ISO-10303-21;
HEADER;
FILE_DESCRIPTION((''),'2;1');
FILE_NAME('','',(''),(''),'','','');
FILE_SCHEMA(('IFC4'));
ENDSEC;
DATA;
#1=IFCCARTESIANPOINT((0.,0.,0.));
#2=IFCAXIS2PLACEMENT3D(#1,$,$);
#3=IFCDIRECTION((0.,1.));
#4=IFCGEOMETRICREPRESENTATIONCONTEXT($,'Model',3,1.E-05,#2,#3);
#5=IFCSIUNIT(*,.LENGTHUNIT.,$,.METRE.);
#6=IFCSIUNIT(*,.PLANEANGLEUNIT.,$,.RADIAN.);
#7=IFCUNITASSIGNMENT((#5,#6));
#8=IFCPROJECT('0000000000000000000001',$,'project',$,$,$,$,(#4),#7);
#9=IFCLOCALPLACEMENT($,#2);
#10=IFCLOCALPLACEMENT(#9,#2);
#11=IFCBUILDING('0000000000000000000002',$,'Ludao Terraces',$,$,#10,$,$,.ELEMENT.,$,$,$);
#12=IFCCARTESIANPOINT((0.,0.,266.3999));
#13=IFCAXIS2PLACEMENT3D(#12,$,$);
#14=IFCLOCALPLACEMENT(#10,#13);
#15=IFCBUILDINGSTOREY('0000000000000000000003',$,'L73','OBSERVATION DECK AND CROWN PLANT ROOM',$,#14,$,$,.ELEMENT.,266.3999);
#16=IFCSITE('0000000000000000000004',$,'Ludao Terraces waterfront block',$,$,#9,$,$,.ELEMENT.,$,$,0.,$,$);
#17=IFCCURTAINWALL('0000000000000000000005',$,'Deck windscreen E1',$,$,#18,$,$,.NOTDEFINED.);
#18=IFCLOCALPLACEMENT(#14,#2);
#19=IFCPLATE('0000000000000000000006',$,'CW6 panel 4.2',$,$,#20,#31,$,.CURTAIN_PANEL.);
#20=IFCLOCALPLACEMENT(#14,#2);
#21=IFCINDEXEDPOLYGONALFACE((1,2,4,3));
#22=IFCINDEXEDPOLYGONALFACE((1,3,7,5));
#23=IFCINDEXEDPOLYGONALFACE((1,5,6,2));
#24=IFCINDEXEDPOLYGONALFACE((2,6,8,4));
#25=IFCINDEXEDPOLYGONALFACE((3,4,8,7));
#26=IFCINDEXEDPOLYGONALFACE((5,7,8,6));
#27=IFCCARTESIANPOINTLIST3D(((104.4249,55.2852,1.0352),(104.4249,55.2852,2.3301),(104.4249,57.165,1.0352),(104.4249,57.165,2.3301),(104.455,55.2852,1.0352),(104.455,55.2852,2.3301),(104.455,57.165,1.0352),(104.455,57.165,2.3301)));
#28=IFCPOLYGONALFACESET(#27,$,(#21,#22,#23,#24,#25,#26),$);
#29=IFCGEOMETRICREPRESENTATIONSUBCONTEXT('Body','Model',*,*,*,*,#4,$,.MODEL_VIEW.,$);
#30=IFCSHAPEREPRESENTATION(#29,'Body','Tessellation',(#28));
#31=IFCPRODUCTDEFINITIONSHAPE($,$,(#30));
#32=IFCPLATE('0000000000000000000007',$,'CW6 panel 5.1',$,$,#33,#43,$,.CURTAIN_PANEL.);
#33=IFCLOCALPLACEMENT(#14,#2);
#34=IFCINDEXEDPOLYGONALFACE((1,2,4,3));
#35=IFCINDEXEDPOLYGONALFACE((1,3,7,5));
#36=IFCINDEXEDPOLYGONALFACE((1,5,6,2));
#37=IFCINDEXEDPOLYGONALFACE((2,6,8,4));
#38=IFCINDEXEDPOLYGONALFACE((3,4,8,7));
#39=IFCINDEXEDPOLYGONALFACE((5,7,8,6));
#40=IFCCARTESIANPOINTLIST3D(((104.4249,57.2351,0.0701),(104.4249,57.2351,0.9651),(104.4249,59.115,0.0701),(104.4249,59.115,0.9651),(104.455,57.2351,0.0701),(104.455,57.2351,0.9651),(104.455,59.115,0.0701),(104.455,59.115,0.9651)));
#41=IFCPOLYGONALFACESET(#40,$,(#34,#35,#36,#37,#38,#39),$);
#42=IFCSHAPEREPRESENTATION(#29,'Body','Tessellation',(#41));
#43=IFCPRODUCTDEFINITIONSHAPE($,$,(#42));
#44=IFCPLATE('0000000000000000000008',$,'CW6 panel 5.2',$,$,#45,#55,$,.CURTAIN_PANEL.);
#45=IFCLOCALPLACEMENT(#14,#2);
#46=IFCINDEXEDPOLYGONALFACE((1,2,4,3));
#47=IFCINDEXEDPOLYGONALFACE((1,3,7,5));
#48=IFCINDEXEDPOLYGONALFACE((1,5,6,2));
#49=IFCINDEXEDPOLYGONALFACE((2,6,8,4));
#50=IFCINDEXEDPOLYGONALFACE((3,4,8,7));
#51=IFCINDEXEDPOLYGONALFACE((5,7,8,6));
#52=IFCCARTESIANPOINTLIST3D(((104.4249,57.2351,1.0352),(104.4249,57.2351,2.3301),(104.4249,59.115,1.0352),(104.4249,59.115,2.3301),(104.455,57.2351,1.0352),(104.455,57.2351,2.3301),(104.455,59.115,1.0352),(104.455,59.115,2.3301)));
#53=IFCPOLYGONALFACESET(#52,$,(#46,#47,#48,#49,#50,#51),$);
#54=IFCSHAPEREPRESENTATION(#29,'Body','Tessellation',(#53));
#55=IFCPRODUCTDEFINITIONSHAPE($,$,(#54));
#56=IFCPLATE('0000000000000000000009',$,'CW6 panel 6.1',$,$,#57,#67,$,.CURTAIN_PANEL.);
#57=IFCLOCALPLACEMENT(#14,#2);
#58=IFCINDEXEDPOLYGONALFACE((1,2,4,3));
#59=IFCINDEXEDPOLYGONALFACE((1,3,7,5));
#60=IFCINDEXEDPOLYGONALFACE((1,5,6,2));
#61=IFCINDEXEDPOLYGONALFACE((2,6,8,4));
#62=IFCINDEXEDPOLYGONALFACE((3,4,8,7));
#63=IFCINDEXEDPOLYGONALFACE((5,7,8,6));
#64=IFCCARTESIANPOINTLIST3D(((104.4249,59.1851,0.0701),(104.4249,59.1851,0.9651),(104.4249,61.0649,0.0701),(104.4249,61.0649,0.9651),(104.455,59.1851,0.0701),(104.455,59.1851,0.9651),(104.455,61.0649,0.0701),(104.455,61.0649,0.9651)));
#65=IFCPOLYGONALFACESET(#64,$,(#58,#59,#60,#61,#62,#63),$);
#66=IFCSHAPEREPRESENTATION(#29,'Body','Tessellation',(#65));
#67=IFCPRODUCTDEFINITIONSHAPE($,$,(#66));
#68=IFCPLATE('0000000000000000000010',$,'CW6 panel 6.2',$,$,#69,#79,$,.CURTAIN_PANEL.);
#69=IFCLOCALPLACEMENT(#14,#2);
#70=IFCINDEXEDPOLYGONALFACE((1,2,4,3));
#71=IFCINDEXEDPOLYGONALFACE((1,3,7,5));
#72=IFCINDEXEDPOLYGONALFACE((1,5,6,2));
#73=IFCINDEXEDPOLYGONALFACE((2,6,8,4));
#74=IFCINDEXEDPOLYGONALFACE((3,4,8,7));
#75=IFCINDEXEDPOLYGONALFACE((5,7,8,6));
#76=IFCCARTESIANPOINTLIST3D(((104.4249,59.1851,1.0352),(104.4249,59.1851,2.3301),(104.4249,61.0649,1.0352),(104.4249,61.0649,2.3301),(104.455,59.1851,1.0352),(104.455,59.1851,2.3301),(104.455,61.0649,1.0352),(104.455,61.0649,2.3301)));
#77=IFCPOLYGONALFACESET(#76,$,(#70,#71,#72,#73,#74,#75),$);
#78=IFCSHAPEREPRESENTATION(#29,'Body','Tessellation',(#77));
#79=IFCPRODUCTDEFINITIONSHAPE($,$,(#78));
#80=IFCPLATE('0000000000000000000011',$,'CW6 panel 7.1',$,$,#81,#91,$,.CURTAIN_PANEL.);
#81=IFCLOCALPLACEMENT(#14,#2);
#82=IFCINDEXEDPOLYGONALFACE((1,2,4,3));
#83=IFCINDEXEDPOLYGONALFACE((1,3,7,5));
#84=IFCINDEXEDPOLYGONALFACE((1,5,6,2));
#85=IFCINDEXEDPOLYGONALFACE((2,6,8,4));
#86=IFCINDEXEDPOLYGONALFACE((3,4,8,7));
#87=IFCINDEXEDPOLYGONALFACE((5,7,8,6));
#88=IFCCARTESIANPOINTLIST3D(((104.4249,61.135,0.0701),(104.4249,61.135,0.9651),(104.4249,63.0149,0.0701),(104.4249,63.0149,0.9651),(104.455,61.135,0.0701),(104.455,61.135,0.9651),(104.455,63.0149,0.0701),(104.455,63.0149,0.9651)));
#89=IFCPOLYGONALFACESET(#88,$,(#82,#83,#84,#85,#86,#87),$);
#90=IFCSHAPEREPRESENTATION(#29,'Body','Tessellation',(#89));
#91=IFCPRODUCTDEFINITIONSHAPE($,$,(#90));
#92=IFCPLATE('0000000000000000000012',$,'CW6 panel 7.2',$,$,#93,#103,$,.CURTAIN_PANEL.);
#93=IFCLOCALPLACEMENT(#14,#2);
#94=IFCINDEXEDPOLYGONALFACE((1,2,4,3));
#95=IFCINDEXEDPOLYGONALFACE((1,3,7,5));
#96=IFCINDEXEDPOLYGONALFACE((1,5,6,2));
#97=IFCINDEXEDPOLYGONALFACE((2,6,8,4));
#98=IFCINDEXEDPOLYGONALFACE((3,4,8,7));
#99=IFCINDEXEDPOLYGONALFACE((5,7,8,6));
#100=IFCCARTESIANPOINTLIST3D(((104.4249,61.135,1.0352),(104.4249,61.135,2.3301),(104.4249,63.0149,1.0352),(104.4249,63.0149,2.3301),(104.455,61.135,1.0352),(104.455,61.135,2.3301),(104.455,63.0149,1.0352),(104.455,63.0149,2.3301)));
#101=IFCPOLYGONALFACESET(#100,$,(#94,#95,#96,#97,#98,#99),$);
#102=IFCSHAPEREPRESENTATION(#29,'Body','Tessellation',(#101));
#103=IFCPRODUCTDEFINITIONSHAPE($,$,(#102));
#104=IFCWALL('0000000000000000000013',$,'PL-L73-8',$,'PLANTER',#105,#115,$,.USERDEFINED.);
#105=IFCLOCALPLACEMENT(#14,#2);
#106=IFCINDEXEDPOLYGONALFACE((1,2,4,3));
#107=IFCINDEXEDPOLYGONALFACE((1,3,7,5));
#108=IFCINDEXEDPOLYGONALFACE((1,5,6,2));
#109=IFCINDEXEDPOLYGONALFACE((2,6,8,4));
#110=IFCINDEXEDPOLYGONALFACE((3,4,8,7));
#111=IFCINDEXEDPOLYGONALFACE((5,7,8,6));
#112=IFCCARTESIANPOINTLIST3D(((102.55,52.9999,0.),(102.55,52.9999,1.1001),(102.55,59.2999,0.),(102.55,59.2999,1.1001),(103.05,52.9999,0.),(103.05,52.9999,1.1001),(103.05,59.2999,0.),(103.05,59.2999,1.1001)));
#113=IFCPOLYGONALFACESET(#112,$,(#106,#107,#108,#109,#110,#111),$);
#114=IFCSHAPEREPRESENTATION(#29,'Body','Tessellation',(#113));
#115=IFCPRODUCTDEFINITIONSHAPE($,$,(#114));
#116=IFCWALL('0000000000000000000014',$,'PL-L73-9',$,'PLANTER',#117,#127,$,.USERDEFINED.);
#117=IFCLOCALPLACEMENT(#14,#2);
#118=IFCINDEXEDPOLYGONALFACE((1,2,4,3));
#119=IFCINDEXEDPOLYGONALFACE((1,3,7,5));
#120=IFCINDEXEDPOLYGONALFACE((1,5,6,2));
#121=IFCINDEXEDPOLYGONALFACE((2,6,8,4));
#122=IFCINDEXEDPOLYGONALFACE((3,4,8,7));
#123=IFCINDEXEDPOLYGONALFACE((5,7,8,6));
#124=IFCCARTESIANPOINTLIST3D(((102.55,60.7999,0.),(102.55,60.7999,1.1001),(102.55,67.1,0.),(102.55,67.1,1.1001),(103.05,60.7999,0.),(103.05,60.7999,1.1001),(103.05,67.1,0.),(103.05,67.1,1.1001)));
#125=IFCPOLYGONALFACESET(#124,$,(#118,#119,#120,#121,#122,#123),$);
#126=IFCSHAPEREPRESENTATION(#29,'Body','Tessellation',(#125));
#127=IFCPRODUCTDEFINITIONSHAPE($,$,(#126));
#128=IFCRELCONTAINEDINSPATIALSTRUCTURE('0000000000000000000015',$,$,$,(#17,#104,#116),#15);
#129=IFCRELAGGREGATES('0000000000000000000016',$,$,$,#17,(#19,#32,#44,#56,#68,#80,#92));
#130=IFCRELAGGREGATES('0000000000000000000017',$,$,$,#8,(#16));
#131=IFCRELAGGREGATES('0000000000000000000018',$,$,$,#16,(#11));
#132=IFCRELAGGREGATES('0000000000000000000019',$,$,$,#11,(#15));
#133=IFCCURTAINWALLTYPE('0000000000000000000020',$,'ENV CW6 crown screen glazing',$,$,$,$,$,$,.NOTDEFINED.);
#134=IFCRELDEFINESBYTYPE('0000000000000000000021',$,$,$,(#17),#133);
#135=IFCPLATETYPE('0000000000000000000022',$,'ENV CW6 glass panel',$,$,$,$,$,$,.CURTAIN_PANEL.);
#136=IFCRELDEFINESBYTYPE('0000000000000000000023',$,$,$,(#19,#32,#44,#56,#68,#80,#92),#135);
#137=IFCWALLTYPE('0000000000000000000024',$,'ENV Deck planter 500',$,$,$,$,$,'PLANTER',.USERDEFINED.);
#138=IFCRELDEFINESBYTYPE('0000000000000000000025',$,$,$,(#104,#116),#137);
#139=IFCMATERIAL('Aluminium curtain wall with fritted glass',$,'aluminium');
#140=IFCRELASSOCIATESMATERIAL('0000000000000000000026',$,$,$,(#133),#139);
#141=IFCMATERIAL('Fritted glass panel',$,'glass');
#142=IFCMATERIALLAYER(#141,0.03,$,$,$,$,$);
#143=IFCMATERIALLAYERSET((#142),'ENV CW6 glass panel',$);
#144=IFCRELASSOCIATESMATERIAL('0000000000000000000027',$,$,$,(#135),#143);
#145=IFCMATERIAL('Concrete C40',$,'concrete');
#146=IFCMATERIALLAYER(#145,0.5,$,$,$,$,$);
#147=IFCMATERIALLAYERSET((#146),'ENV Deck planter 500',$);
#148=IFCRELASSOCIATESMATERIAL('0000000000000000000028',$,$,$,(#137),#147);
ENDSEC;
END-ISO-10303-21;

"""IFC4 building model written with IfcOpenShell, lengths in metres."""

from ifc_helpers import new_model, si_unit, direction, frame, frame_2d, origin, origin_2d, place, context, subcontext, project, spatial, rectangle, extrude, material, layer, layer_set, type_object, element, aggregate, save


model = new_model("IFC4")

# Units and contexts
model_context = context("Model", 3, precision=1e-05, world=origin(), true_north=direction((0.0, 1.0)))
body_context = subcontext(model_context, "Body", "Model", "MODEL_VIEW")
ifc_project = project(units=[si_unit("LENGTHUNIT", "METRE"), si_unit("PLANEANGLEUNIT", "RADIAN")], contexts=[model_context])

# Site, building, storey
site_placement = place(None, origin())
site = spatial("IfcSite", under=ifc_project, at=site_placement, Name="Ludao Terraces waterfront block", CompositionType="ELEMENT", RefElevation=0.0)
building_placement = place(site_placement, origin())
building = spatial("IfcBuilding", under=site, at=building_placement, Name="Ludao Terraces", CompositionType="ELEMENT")
storey_placement = place(building_placement, frame((0.0, 0.0, 266.3999)))
storey = spatial("IfcBuildingStorey", under=building, at=storey_placement, Name="L73", Description="OBSERVATION DECK AND CROWN PLANT ROOM", CompositionType="ELEMENT", Elevation=266.3999)

# Curtain wall, plates
ifc_material_1 = material(Name="Aluminium curtain wall with fritted glass", Category="aluminium")
curtain_wall_type = type_object("IfcCurtainWallType", Name="ENV CW6 crown screen glazing", PredefinedType="NOTDEFINED", material=ifc_material_1)
curtain_wall_placement = place(storey_placement, origin())
curtain_wall = element("IfcCurtainWall", 1, at=curtain_wall_placement, inside=storey, type_object=curtain_wall_type, Name="Deck windscreen E1", PredefinedType="NOTDEFINED")
ifc_material_2 = material(Name="Fritted glass panel", Category="glass")
ifc_layer_1 = layer(ifc_material_2, 0.03)
ifc_layer_set_1 = layer_set([ifc_layer_1], Name="ENV CW6 glass panel")
plate_type = type_object("IfcPlateType", Name="ENV CW6 glass panel", PredefinedType="CURTAIN_PANEL", material=ifc_layer_set_1)
plate_1_placement = place(storey_placement, frame((104.4399, 56.2251, 1.0352), z_axis=(0.0, 0.0, 1.0), x_axis=(0.0, 1.0, 0.0)))
plate_1 = element("IfcPlate", 2, at=plate_1_placement, type_object=plate_type, Name="CW6 panel 4.2", PredefinedType="CURTAIN_PANEL", context=body_context, shape_type="SweptSolid", body=[
    extrude(rectangle(XDim=1.8799, YDim=0.03, at=origin_2d()), origin(), (0.0, 0.0, 1.0), 1.2949),
])
plate_2_placement = place(storey_placement, frame((104.4399, 58.175, 0.0701), z_axis=(0.0, 0.0, 1.0), x_axis=(0.0, 1.0, 0.0)))
plate_2 = element("IfcPlate", 3, at=plate_2_placement, type_object=plate_type, Name="CW6 panel 5.1", PredefinedType="CURTAIN_PANEL", context=body_context, shape_type="SweptSolid", body=[
    extrude(rectangle(XDim=1.8799, YDim=0.03, at=origin_2d()), origin(), (0.0, 0.0, 1.0), 0.895),
])
plate_3_placement = place(storey_placement, frame((104.4399, 58.175, 1.0352), z_axis=(0.0, 0.0, 1.0), x_axis=(0.0, 1.0, 0.0)))
plate_3 = element("IfcPlate", 4, at=plate_3_placement, type_object=plate_type, Name="CW6 panel 5.2", PredefinedType="CURTAIN_PANEL", context=body_context, shape_type="SweptSolid", body=[
    extrude(rectangle(XDim=1.8799, YDim=0.03, at=origin_2d()), origin(), (0.0, 0.0, 1.0), 1.2949),
])
plate_4_placement = place(storey_placement, frame((104.4399, 60.125, 0.0701), z_axis=(0.0, 0.0, 1.0), x_axis=(0.0, 1.0, 0.0)))
plate_4 = element("IfcPlate", 5, at=plate_4_placement, type_object=plate_type, Name="CW6 panel 6.1", PredefinedType="CURTAIN_PANEL", context=body_context, shape_type="SweptSolid", body=[
    extrude(rectangle(XDim=1.8799, YDim=0.03, at=origin_2d()), origin(), (0.0, 0.0, 1.0), 0.895),
])
plate_5_placement = place(storey_placement, frame((104.4399, 60.125, 1.0352), z_axis=(0.0, 0.0, 1.0), x_axis=(0.0, 1.0, 0.0)))
plate_5 = element("IfcPlate", 6, at=plate_5_placement, type_object=plate_type, Name="CW6 panel 6.2", PredefinedType="CURTAIN_PANEL", context=body_context, shape_type="SweptSolid", body=[
    extrude(rectangle(XDim=1.8799, YDim=0.03, at=origin_2d()), origin(), (0.0, 0.0, 1.0), 1.2949),
])
plate_6_placement = place(storey_placement, frame((104.4399, 62.075, 0.0701), z_axis=(0.0, 0.0, 1.0), x_axis=(0.0, 1.0, 0.0)))
plate_6 = element("IfcPlate", 7, at=plate_6_placement, type_object=plate_type, Name="CW6 panel 7.1", PredefinedType="CURTAIN_PANEL", context=body_context, shape_type="SweptSolid", body=[
    extrude(rectangle(XDim=1.8799, YDim=0.03, at=origin_2d()), origin(), (0.0, 0.0, 1.0), 0.895),
])
plate_7_placement = place(storey_placement, frame((104.4399, 62.075, 1.0352), z_axis=(0.0, 0.0, 1.0), x_axis=(0.0, 1.0, 0.0)))
plate_7 = element("IfcPlate", 8, at=plate_7_placement, type_object=plate_type, Name="CW6 panel 7.2", PredefinedType="CURTAIN_PANEL", context=body_context, shape_type="SweptSolid", body=[
    extrude(rectangle(XDim=1.8799, YDim=0.03, at=origin_2d()), origin(), (0.0, 0.0, 1.0), 1.2949),
])
aggregate(curtain_wall, [plate_1, plate_2, plate_3, plate_4, plate_5, plate_6, plate_7])

# Walls
ifc_material_3 = material(Name="Concrete C40", Category="concrete")
ifc_layer_2 = layer(ifc_material_3, 0.5)
ifc_layer_set_2 = layer_set([ifc_layer_2], Name="ENV Deck planter 500")
wall_type = type_object("IfcWallType", Name="ENV Deck planter 500", ElementType="PLANTER", PredefinedType="USERDEFINED", material=ifc_layer_set_2)
for number, where, z_axis, x_axis, name in (
    (9, (102.8, 53.0, 0.0), (0.0, 0.0, 1.0), (0.0, 1.0, 0.0), "PL-L73-8"),
    (10, (102.8, 60.8, 0.0), (0.0, 0.0, 1.0), (0.0, 1.0, 0.0), "PL-L73-9"),
):
    element("IfcWall", number, at=place(storey_placement, frame(where, z_axis=z_axis, x_axis=x_axis)), inside=storey, type_object=wall_type, Name=name, ObjectType="PLANTER", PredefinedType="USERDEFINED", context=body_context, shape_type="SweptSolid", body=[
        extrude(rectangle(XDim=6.3, YDim=0.5, at=frame_2d((3.1499, 0.0))), origin(), (0.0, 0.0, 1.0), 1.1001),
    ])

save(model, "model.ifc")
